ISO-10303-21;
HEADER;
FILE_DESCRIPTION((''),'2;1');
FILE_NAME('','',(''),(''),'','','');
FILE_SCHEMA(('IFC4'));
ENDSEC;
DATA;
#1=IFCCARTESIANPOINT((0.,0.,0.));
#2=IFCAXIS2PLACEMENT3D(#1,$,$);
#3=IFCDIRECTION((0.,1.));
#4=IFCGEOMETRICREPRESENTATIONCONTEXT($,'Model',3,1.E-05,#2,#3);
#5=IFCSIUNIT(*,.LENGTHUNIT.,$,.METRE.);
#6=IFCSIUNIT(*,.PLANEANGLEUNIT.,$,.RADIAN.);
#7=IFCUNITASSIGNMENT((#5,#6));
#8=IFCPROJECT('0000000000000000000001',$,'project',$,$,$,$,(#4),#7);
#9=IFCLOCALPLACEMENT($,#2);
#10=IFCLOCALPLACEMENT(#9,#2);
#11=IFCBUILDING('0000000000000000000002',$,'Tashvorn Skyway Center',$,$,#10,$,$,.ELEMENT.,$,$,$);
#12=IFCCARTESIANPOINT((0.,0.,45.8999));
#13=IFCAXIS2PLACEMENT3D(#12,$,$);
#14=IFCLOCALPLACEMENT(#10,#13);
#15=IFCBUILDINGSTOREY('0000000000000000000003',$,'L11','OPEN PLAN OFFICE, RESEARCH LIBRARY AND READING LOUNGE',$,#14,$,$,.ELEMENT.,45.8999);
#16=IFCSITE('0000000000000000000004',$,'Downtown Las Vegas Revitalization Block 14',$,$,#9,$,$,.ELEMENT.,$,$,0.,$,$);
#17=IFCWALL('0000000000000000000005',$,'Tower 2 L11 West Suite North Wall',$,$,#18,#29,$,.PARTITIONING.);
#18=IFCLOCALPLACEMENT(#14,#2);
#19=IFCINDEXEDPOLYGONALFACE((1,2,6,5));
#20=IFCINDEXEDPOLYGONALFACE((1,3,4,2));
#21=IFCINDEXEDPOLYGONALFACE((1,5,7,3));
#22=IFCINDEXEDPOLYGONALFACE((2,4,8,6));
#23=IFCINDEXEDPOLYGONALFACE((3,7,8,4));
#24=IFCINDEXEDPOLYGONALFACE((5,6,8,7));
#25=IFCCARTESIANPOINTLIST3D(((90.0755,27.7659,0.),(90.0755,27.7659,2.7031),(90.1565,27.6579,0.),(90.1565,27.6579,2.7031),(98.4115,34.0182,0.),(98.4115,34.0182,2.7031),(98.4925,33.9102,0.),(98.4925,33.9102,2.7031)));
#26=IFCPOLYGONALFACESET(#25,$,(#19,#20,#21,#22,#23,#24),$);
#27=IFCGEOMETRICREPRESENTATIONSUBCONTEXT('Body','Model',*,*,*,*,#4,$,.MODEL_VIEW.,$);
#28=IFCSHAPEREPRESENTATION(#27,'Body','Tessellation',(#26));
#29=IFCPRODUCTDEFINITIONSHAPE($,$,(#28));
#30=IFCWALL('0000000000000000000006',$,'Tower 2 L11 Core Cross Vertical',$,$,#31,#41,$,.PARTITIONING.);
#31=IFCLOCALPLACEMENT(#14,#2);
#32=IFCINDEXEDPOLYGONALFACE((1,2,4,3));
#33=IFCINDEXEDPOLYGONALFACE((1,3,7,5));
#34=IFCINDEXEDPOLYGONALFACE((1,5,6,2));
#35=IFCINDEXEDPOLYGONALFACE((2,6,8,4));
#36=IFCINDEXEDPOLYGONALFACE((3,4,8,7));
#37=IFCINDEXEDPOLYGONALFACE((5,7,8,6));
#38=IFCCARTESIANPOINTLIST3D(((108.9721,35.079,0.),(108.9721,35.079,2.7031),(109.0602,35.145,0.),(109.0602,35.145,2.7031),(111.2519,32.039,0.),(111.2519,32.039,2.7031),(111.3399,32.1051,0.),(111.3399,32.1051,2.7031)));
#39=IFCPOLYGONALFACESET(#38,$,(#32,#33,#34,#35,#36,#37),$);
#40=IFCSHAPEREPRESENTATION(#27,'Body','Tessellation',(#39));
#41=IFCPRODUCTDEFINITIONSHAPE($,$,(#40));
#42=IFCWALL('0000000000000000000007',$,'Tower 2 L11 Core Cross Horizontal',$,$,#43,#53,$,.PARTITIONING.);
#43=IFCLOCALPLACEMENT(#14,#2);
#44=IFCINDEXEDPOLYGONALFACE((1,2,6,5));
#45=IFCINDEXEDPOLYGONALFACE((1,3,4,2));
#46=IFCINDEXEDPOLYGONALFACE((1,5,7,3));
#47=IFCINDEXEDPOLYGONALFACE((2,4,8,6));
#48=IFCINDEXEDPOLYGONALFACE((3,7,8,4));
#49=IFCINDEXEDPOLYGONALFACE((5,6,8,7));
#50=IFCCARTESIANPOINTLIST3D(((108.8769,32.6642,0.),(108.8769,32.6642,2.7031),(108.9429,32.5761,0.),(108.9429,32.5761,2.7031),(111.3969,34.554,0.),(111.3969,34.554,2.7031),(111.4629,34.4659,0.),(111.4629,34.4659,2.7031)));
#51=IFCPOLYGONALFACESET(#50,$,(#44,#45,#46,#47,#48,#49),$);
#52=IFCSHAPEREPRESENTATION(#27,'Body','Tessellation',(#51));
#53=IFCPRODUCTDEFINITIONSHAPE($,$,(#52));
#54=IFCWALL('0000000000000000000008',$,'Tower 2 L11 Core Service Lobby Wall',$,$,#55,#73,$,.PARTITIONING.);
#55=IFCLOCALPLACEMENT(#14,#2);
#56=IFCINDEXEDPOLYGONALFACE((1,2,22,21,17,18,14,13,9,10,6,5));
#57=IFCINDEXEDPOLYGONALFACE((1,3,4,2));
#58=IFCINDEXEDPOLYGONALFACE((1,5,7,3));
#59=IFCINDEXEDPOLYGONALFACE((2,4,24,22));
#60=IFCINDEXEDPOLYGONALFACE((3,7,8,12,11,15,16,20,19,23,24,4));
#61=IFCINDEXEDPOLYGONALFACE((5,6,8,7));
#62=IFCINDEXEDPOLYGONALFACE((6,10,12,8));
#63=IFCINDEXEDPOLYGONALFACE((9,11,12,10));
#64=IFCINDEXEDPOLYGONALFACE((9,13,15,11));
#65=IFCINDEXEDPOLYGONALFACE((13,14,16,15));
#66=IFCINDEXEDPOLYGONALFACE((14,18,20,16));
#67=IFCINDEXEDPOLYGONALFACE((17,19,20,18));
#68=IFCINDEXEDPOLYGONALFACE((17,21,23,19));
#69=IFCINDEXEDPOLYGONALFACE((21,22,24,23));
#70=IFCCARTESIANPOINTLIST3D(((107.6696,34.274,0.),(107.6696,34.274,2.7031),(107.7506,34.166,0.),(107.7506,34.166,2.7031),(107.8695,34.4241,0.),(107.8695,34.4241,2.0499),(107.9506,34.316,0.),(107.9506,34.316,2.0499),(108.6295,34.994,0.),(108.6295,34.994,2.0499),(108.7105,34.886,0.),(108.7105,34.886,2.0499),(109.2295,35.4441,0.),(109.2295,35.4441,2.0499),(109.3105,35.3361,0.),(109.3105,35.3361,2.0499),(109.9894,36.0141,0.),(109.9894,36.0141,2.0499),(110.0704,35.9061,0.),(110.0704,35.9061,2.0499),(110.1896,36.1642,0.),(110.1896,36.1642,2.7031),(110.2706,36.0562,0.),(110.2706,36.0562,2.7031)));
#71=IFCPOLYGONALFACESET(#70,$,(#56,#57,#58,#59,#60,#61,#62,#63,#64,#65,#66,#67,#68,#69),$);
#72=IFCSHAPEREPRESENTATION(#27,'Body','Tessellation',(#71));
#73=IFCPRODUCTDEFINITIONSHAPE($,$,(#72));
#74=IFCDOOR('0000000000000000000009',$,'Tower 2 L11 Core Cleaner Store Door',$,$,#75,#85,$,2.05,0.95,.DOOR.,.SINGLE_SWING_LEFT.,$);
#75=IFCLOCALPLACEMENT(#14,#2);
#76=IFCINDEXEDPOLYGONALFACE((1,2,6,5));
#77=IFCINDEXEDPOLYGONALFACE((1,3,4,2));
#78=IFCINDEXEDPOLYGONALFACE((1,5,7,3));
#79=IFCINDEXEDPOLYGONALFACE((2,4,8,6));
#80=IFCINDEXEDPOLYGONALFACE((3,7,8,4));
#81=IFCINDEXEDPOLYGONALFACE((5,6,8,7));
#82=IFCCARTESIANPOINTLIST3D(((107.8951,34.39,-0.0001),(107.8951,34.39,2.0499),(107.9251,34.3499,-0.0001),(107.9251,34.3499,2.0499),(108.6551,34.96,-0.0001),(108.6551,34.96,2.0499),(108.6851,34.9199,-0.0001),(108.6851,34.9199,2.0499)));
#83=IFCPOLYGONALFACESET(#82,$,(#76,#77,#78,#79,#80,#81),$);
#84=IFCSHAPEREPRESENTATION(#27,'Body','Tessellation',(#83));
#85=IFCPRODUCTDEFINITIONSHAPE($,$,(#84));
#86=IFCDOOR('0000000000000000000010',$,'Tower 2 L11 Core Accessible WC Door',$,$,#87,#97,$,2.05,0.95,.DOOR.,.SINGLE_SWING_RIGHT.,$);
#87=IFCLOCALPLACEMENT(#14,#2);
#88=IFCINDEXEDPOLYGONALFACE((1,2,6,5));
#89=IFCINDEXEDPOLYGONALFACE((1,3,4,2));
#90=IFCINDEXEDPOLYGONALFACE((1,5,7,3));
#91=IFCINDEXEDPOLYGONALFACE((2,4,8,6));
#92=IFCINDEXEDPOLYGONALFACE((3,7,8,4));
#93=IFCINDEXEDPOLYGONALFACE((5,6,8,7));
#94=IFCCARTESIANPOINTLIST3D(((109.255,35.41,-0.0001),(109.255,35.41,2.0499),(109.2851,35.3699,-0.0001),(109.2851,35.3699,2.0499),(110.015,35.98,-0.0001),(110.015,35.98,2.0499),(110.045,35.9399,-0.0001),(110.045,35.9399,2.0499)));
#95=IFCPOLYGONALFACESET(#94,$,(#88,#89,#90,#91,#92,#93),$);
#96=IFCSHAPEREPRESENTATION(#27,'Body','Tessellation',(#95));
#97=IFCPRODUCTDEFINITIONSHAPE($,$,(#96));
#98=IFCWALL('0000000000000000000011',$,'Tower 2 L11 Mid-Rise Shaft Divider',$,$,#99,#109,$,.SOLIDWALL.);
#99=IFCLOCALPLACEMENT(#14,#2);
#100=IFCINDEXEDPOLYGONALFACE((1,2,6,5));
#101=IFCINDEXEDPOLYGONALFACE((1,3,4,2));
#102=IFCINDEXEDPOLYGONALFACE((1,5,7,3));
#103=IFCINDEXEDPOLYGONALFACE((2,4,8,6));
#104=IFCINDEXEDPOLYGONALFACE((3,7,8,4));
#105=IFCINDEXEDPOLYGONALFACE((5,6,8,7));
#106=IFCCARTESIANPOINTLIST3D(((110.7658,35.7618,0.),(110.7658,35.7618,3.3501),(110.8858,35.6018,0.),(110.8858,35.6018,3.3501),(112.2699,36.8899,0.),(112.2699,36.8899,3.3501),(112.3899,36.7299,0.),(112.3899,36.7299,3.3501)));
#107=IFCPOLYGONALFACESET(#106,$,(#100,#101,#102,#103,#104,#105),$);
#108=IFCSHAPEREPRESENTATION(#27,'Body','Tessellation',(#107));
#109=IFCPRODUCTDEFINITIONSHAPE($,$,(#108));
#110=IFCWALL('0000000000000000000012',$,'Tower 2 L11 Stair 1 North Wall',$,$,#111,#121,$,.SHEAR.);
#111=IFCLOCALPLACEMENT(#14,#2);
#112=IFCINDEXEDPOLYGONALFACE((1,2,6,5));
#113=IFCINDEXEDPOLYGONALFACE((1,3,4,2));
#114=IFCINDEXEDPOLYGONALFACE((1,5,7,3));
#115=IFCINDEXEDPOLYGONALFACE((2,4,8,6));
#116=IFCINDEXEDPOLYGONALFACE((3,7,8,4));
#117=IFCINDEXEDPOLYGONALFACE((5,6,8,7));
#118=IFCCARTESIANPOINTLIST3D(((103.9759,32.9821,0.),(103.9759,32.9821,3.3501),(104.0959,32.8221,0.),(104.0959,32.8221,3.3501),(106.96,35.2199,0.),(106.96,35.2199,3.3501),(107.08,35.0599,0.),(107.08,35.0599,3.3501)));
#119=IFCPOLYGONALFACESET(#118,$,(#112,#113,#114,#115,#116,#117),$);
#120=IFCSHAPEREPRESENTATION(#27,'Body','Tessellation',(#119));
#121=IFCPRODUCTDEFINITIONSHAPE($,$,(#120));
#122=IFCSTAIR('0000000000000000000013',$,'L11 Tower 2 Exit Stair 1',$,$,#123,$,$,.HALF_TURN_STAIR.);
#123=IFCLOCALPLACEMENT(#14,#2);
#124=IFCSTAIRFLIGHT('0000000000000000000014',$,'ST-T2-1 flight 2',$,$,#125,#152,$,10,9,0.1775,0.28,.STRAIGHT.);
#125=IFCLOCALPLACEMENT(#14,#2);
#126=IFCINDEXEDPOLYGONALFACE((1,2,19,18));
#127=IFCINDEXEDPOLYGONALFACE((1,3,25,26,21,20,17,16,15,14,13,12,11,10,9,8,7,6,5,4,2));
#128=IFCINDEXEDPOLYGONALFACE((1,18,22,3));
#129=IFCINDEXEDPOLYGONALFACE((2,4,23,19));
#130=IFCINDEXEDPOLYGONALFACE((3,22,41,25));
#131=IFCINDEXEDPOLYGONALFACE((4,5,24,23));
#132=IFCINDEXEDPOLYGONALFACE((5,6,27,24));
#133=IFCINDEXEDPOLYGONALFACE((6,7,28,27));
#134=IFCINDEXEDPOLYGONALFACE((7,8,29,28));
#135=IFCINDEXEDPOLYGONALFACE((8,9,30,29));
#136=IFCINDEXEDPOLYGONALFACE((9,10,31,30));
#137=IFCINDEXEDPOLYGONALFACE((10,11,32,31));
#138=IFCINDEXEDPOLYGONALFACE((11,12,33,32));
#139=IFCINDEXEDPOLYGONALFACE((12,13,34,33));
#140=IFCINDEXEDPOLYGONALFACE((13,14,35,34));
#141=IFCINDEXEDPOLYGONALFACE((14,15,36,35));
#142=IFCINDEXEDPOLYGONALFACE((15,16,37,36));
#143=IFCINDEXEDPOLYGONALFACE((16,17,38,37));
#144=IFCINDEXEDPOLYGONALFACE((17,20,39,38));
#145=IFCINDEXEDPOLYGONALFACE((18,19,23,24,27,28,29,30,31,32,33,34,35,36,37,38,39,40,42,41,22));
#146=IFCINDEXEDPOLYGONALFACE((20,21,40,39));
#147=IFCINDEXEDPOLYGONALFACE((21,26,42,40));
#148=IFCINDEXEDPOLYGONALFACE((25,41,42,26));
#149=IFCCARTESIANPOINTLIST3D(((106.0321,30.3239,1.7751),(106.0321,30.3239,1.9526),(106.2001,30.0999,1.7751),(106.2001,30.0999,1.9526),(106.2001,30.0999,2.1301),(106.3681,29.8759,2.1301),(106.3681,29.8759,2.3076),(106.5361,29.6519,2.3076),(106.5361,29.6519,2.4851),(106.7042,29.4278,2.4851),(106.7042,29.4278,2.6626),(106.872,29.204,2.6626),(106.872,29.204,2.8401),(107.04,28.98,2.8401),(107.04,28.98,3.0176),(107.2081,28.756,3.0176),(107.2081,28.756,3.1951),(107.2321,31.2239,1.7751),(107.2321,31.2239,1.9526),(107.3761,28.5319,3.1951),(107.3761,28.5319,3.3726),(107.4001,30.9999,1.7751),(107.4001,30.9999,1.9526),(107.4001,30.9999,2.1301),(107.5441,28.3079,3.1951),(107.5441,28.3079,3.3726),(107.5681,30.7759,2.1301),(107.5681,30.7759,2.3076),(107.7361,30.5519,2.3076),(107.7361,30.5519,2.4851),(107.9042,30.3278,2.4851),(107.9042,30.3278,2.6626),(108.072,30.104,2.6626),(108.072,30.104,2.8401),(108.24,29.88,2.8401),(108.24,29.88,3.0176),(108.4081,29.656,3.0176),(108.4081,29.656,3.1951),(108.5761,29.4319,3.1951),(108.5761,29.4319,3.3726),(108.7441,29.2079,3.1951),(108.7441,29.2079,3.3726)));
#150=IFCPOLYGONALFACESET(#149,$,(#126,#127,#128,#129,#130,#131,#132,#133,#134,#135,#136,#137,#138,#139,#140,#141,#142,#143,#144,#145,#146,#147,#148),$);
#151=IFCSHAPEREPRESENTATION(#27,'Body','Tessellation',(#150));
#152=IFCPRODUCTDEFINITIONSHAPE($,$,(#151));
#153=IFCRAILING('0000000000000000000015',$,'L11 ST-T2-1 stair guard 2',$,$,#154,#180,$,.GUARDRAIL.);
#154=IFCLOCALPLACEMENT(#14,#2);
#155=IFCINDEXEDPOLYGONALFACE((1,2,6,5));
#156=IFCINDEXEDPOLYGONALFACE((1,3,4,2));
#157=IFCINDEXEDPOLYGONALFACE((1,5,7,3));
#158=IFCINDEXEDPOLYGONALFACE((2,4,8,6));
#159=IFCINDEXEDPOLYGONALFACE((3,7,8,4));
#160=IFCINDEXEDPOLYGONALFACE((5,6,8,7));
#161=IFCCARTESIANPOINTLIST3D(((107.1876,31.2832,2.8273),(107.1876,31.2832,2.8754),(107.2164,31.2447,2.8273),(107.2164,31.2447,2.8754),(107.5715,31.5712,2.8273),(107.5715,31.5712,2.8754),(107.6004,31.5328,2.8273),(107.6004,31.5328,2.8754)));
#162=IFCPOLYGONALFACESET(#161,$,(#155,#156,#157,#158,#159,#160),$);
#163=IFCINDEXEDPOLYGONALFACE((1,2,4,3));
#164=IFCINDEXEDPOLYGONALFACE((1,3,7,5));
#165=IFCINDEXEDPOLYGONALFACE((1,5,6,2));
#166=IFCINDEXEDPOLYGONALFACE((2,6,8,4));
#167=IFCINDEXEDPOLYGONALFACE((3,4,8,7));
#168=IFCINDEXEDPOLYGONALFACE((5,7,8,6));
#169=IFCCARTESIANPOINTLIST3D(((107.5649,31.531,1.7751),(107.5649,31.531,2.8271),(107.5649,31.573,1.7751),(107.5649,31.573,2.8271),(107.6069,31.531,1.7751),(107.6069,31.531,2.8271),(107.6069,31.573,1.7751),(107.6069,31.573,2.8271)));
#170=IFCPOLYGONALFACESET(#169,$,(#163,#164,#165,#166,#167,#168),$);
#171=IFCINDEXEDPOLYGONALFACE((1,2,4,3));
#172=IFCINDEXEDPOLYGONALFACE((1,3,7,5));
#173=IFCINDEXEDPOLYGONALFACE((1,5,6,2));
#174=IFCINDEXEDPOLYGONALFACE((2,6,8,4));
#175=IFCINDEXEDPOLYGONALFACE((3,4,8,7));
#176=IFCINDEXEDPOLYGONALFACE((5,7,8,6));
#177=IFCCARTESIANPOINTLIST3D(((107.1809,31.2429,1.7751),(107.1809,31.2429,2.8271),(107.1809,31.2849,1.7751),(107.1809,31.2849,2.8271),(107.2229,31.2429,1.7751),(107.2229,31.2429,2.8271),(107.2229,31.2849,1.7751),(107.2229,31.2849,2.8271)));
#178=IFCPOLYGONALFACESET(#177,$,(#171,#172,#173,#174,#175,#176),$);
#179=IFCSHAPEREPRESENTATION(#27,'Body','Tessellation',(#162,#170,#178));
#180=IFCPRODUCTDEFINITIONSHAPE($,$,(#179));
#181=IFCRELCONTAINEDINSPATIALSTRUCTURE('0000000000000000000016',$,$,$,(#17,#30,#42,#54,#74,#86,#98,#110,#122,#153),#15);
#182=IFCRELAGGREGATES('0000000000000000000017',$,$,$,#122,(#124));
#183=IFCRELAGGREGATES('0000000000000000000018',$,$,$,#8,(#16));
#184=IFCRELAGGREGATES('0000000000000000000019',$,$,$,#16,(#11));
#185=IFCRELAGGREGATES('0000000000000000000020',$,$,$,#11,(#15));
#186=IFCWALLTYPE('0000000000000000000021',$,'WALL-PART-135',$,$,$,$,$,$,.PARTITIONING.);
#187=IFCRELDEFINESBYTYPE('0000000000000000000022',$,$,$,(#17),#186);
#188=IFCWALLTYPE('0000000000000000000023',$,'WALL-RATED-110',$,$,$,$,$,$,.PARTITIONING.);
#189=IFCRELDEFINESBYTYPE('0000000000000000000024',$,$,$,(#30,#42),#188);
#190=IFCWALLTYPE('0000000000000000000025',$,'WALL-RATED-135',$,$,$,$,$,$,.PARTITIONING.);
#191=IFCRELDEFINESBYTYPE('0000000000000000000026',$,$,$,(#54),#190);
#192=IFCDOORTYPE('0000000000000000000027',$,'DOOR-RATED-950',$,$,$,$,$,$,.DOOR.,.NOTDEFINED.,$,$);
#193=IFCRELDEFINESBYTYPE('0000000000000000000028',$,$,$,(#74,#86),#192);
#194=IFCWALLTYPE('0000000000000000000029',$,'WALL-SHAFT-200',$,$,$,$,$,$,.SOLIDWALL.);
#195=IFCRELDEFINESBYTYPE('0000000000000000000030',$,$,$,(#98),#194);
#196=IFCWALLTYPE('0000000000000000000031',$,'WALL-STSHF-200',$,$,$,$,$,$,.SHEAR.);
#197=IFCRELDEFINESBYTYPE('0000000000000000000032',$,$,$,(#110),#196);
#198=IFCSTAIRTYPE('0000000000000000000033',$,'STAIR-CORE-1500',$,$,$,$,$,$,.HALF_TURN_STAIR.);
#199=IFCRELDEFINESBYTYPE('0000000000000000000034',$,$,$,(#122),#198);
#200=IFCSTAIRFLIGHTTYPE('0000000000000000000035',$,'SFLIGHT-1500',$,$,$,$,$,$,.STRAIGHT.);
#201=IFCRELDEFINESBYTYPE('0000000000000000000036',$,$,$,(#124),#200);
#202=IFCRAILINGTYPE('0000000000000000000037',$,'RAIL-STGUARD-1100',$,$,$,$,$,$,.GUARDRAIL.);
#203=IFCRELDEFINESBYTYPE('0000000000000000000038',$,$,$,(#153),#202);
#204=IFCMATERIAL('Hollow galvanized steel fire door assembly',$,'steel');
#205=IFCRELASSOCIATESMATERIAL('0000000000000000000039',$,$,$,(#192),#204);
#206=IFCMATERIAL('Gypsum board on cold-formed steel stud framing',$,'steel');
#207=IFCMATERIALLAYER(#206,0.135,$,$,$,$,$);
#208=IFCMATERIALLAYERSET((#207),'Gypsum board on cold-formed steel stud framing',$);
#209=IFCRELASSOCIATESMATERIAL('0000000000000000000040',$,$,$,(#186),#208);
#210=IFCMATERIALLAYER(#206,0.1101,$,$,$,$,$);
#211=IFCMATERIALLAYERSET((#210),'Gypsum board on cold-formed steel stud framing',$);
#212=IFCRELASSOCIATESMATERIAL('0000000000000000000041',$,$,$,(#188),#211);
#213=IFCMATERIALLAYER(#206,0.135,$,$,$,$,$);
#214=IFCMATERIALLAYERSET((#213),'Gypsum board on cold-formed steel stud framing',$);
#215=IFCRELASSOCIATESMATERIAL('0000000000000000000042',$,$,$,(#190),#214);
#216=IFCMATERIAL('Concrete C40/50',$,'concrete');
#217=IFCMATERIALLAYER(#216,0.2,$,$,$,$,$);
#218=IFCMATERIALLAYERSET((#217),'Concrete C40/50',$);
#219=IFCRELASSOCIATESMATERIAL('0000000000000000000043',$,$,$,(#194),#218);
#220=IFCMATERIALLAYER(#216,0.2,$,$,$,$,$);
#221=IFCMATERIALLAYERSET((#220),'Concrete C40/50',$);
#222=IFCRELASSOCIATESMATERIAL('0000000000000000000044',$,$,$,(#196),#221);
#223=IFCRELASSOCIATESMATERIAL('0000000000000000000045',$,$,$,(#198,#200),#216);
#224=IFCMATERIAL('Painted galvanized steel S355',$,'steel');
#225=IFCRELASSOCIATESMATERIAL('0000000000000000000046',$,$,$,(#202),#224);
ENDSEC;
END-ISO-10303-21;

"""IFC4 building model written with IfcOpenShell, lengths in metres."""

from ifc_helpers import new_model, si_unit, direction, frame, frame_2d, origin, origin_2d, place, context, subcontext, project, spatial, polyline, rectangle, outline, extrude, material, layer, layer_set, type_object, element, fill, aggregate, save


model = new_model("IFC4")

# Units and contexts
model_context = context("Model", 3, precision=1e-05, world=origin(), true_north=direction((0.0, 1.0)))
body_context = subcontext(model_context, "Body", "Model", "MODEL_VIEW")
ifc_project = project(units=[si_unit("LENGTHUNIT", "METRE"), si_unit("PLANEANGLEUNIT", "RADIAN")], contexts=[model_context])

# Site, building, storey
site_placement = place(None, origin())
site = spatial("IfcSite", under=ifc_project, at=site_placement, Name="Downtown Las Vegas Revitalization Block 14", CompositionType="ELEMENT", RefElevation=0.0)
building_placement = place(site_placement, origin())
building = spatial("IfcBuilding", under=site, at=building_placement, Name="Tashvorn Skyway Center", CompositionType="ELEMENT")
storey_placement = place(building_placement, frame((0.0, 0.0, 45.8999)))
storey = spatial("IfcBuildingStorey", under=building, at=storey_placement, Name="L11", Description="OPEN PLAN OFFICE, RESEARCH LIBRARY AND READING LOUNGE", CompositionType="ELEMENT", Elevation=45.8999)

# Shared definitions
ifc_material_1 = material(Name="Hollow galvanized steel fire door assembly", Category="steel")
ifc_material_2 = material(Name="Concrete C40/50", Category="concrete")
door_type_1 = type_object("IfcDoorType", Name="DOOR-RATED-950", OperationType="NOTDEFINED", PredefinedType="DOOR", material=ifc_material_1)

# Shared definitions
ifc_material_3 = material(Name="Gypsum board on cold-formed steel stud framing", Category="steel")

# Shared definitions
ifc_layer_1 = layer(ifc_material_3, 0.135)
ifc_layer_set_1 = layer_set([ifc_layer_1], Name="Gypsum board on cold-formed steel stud framing")
wall_type_1 = type_object("IfcWallType", Name="WALL-PART-135", PredefinedType="PARTITIONING", material=ifc_layer_set_1)

# Walls
wall_1_placement = place(storey_placement, frame((98.4519, 33.9641, 0.0), z_axis=(0.0, 0.0, 1.0), x_axis=(-0.799989, -0.600015, 0.0)))
element("IfcWall", 1, at=wall_1_placement, inside=storey, type_object=wall_type_1, Name="Tower 2 L11 West Suite North Wall", PredefinedType="PARTITIONING", context=body_context, shape_type="SweptSolid", body=[
    extrude(rectangle(XDim=10.4202, YDim=0.135, at=frame_2d((5.21, 0.0))), origin(), (0.0, 0.0, 1.0), 2.7031),
])
ifc_layer_2 = layer(ifc_material_3, 0.1101)
ifc_layer_set_2 = layer_set([ifc_layer_2], Name="Gypsum board on cold-formed steel stud framing")
wall_type_2 = type_object("IfcWallType", Name="WALL-RATED-110", PredefinedType="PARTITIONING", material=ifc_layer_set_2)
wall_2_placement = place(storey_placement, frame((111.2959, 32.072, 0.0), z_axis=(0.0, 0.0, 1.0), x_axis=(-0.599959, 0.800031, 0.0)))
element("IfcWall", 2, at=wall_2_placement, inside=storey, type_object=wall_type_2, Name="Tower 2 L11 Core Cross Vertical", PredefinedType="PARTITIONING", context=body_context, shape_type="SweptSolid", body=[
    extrude(rectangle(XDim=3.7998, YDim=0.1101, at=frame_2d((1.8999, 0.0))), origin(), (0.0, 0.0, 1.0), 2.7031),
])
wall_3_placement = place(storey_placement, frame((108.9099, 32.6201, 0.0), z_axis=(0.0, 0.0, 1.0), x_axis=(0.800019, 0.599975, 0.0)))
element("IfcWall", 3, at=wall_3_placement, inside=storey, type_object=wall_type_2, Name="Tower 2 L11 Core Cross Horizontal", PredefinedType="PARTITIONING", context=body_context, shape_type="SweptSolid", body=[
    extrude(rectangle(XDim=3.1499, YDim=0.1101, at=frame_2d((1.575, 0.0))), origin(), (0.0, 0.0, 1.0), 2.7031),
])

# Wall, openings, doors
ifc_layer_3 = layer(ifc_material_3, 0.135)
ifc_layer_set_3 = layer_set([ifc_layer_3], Name="Gypsum board on cold-formed steel stud framing")
wall_type_3 = type_object("IfcWallType", Name="WALL-RATED-135", PredefinedType="PARTITIONING", material=ifc_layer_set_3)
wall_4_placement = place(storey_placement, frame((107.71, 34.22, 0.0), z_axis=(0.0, 0.0, 1.0), x_axis=(0.799981, 0.600025, 0.0)))
wall_4 = element("IfcWall", 4, at=wall_4_placement, inside=storey, type_object=wall_type_3, Name="Tower 2 L11 Core Service Lobby Wall", PredefinedType="PARTITIONING", context=body_context, shape_type="SweptSolid", body=[
    extrude(rectangle(XDim=3.1501, YDim=0.135, at=frame_2d((1.5752, 0.0))), origin(), (0.0, 0.0, 1.0), 2.7031),
])
opening_1_placement = place(wall_4_placement, frame((0.25, 0.0, 0.0)))
opening_1 = element("IfcOpeningElement", 5, at=opening_1_placement, cuts=wall_4, PredefinedType="OPENING", context=body_context, shape_type="SweptSolid", body=[
    extrude(rectangle(XDim=0.95, YDim=2.05, at=frame_2d((0.4751, 1.0249))), frame((0.0, 0.0774, 0.0), z_axis=(0.0, -1.0, 0.0), x_axis=(1.0, 0.0, 0.0)), (0.0, 0.0, 1.0), 0.155),
])
opening_2_placement = place(wall_4_placement, frame((1.95, 0.0, 0.0)))
opening_2 = element("IfcOpeningElement", 6, at=opening_2_placement, cuts=wall_4, PredefinedType="OPENING", context=body_context, shape_type="SweptSolid", body=[
    extrude(rectangle(XDim=0.95, YDim=2.05, at=frame_2d((0.4751, 1.0249))), frame((0.0, 0.0774, 0.0), z_axis=(0.0, -1.0, 0.0), x_axis=(1.0, 0.0, 0.0)), (0.0, 0.0, 1.0), 0.155),
])
door_1_placement = place(opening_1_placement, origin())
door_1 = element("IfcDoor", 7, at=door_1_placement, inside=storey, type_object=door_type_1, Name="Tower 2 L11 Core Cleaner Store Door", OperationType="SINGLE_SWING_LEFT", OverallHeight=2.05, OverallWidth=0.95, PredefinedType="DOOR", context=body_context, shape_type="SweptSolid", body=[
    extrude(rectangle(XDim=0.95, YDim=2.05, at=frame_2d((0.4751, 1.0249))), frame((0.0, 0.0249, 0.0), z_axis=(0.0, -1.0, 0.0), x_axis=(1.0, 0.0, 0.0)), (0.0, 0.0, 1.0), 0.05),
])
fill(opening_1, door_1)
door_2_placement = place(opening_2_placement, origin())
door_2 = element("IfcDoor", 8, at=door_2_placement, inside=storey, type_object=door_type_1, Name="Tower 2 L11 Core Accessible WC Door", OperationType="SINGLE_SWING_RIGHT", OverallHeight=2.05, OverallWidth=0.95, PredefinedType="DOOR", context=body_context, shape_type="SweptSolid", body=[
    extrude(rectangle(XDim=0.95, YDim=2.05, at=frame_2d((0.4751, 1.0249))), frame((0.0, 0.0249, 0.0), z_axis=(0.0, -1.0, 0.0), x_axis=(1.0, 0.0, 0.0)), (0.0, 0.0, 1.0), 0.05),
])
fill(opening_2, door_2)

# Walls
ifc_layer_4 = layer(ifc_material_2, 0.2)
ifc_layer_set_4 = layer_set([ifc_layer_4], Name="Concrete C40/50")
wall_type_4 = type_object("IfcWallType", Name="WALL-SHAFT-200", PredefinedType="SOLIDWALL", material=ifc_layer_set_4)
wall_5_placement = place(storey_placement, frame((110.8259, 35.6819, 0.0), z_axis=(0.0, 0.0, 1.0), x_axis=(0.799984, 0.600021, 0.0)))
element("IfcWall", 9, at=wall_5_placement, inside=storey, type_object=wall_type_4, Name="Tower 2 L11 Mid-Rise Shaft Divider", PredefinedType="SOLIDWALL", context=body_context, shape_type="SweptSolid", body=[
    extrude(rectangle(XDim=1.8801, YDim=0.2, at=frame_2d((0.9399, 0.0))), origin(), (0.0, 0.0, 1.0), 3.3501),
])
ifc_layer_5 = layer(ifc_material_2, 0.2)
ifc_layer_set_5 = layer_set([ifc_layer_5], Name="Concrete C40/50")
wall_type_5 = type_object("IfcWallType", Name="WALL-STSHF-200", PredefinedType="SHEAR", material=ifc_layer_set_5)
wall_6_placement = place(storey_placement, frame((104.0359, 32.9021, 0.0), z_axis=(0.0, 0.0, 1.0), x_axis=(0.800039, 0.599948, 0.0)))
element("IfcWall", 10, at=wall_6_placement, inside=storey, type_object=wall_type_5, Name="Tower 2 L11 Stair 1 North Wall", PredefinedType="SHEAR", context=body_context, shape_type="SweptSolid", body=[
    extrude(rectangle(XDim=3.73, YDim=0.2, at=frame_2d((1.865, 0.0))), origin(), (0.0, 0.0, 1.0), 3.3501),
])

# Stair, stair flight
stair_type = type_object("IfcStairType", Name="STAIR-CORE-1500", PredefinedType="HALF_TURN_STAIR", material=ifc_material_2)
stair_placement = place(storey_placement, origin())
stair = element("IfcStair", 11, at=stair_placement, inside=storey, type_object=stair_type, Name="L11 Tower 2 Exit Stair 1", PredefinedType="HALF_TURN_STAIR")
stair_flight_type = type_object("IfcStairFlightType", Name="SFLIGHT-1500", PredefinedType="STRAIGHT", material=ifc_material_2)
stair_flight_placement = place(storey_placement, frame((106.6321, 30.7739, 1.7751), z_axis=(0.0, 0.0, 1.0), x_axis=(0.6, -0.8, 0.0)))
stair_flight = element("IfcStairFlight", 12, at=stair_flight_placement, type_object=stair_flight_type, Name="ST-T2-1 flight 2", NumberOfRisers=10, NumberOfTreads=9, PredefinedType="STRAIGHT", RiserHeight=0.1775, TreadLength=0.28, context=body_context, shape_type="SweptSolid", body=[
    extrude(outline(polyline([(0.0, 0.0), (0.0, 0.1775), (0.28, 0.1775), (0.28, 0.355), (0.5601, 0.355), (0.5601, 0.5325), (0.8401, 0.5325), (0.8401, 0.71), (1.1201, 0.71), (1.1201, 0.8875), (1.3999, 0.8875), (1.3999, 1.0649), (1.6799, 1.0649), (1.6799, 1.2424), (1.96, 1.2424), (1.96, 1.4199), (2.24, 1.4199), (2.24, 1.5974), (2.52, 1.5974), (2.52, 1.7749), (2.52, 1.4199), (0.28, 0.0), (0.0, 0.0)])), frame((0.0, 0.75, 0.0), z_axis=(0.0, -1.0, 0.0), x_axis=(1.0, 0.0, 0.0)), (0.0, 0.0, 1.0), 1.5),
])
aggregate(stair, [stair_flight])

# Railing
ifc_material_4 = material(Name="Painted galvanized steel S355", Category="steel")
railing_type = type_object("IfcRailingType", Name="RAIL-STGUARD-1100", PredefinedType="GUARDRAIL", material=ifc_material_4)
railing_1_placement = place(storey_placement, frame((107.5859, 31.552, 1.7751)))
element("IfcRailing", 13, at=railing_1_placement, inside=storey, type_object=railing_type, Name="L11 ST-T2-1 stair guard 2", PredefinedType="GUARDRAIL", context=body_context, shape_type="SweptSolid", body=[
    extrude(rectangle(XDim=0.0481, YDim=0.0481, at=origin_2d()), frame((0.0, 0.0, 1.0762), z_axis=(-0.799939, -0.600081, 0.0), x_axis=(0.600081, -0.799939, 0.0)), (0.0, 0.0, 1.0), 0.48),
    extrude(rectangle(XDim=0.042, YDim=0.042, at=origin_2d()), origin(), (0.0, 0.0, 1.0), 1.052),
    extrude(rectangle(XDim=0.042, YDim=0.042, at=origin_2d()), frame((-0.384, -0.2881, 0.0)), (0.0, 0.0, 1.0), 1.052),
])

save(model, "model.ifc")
